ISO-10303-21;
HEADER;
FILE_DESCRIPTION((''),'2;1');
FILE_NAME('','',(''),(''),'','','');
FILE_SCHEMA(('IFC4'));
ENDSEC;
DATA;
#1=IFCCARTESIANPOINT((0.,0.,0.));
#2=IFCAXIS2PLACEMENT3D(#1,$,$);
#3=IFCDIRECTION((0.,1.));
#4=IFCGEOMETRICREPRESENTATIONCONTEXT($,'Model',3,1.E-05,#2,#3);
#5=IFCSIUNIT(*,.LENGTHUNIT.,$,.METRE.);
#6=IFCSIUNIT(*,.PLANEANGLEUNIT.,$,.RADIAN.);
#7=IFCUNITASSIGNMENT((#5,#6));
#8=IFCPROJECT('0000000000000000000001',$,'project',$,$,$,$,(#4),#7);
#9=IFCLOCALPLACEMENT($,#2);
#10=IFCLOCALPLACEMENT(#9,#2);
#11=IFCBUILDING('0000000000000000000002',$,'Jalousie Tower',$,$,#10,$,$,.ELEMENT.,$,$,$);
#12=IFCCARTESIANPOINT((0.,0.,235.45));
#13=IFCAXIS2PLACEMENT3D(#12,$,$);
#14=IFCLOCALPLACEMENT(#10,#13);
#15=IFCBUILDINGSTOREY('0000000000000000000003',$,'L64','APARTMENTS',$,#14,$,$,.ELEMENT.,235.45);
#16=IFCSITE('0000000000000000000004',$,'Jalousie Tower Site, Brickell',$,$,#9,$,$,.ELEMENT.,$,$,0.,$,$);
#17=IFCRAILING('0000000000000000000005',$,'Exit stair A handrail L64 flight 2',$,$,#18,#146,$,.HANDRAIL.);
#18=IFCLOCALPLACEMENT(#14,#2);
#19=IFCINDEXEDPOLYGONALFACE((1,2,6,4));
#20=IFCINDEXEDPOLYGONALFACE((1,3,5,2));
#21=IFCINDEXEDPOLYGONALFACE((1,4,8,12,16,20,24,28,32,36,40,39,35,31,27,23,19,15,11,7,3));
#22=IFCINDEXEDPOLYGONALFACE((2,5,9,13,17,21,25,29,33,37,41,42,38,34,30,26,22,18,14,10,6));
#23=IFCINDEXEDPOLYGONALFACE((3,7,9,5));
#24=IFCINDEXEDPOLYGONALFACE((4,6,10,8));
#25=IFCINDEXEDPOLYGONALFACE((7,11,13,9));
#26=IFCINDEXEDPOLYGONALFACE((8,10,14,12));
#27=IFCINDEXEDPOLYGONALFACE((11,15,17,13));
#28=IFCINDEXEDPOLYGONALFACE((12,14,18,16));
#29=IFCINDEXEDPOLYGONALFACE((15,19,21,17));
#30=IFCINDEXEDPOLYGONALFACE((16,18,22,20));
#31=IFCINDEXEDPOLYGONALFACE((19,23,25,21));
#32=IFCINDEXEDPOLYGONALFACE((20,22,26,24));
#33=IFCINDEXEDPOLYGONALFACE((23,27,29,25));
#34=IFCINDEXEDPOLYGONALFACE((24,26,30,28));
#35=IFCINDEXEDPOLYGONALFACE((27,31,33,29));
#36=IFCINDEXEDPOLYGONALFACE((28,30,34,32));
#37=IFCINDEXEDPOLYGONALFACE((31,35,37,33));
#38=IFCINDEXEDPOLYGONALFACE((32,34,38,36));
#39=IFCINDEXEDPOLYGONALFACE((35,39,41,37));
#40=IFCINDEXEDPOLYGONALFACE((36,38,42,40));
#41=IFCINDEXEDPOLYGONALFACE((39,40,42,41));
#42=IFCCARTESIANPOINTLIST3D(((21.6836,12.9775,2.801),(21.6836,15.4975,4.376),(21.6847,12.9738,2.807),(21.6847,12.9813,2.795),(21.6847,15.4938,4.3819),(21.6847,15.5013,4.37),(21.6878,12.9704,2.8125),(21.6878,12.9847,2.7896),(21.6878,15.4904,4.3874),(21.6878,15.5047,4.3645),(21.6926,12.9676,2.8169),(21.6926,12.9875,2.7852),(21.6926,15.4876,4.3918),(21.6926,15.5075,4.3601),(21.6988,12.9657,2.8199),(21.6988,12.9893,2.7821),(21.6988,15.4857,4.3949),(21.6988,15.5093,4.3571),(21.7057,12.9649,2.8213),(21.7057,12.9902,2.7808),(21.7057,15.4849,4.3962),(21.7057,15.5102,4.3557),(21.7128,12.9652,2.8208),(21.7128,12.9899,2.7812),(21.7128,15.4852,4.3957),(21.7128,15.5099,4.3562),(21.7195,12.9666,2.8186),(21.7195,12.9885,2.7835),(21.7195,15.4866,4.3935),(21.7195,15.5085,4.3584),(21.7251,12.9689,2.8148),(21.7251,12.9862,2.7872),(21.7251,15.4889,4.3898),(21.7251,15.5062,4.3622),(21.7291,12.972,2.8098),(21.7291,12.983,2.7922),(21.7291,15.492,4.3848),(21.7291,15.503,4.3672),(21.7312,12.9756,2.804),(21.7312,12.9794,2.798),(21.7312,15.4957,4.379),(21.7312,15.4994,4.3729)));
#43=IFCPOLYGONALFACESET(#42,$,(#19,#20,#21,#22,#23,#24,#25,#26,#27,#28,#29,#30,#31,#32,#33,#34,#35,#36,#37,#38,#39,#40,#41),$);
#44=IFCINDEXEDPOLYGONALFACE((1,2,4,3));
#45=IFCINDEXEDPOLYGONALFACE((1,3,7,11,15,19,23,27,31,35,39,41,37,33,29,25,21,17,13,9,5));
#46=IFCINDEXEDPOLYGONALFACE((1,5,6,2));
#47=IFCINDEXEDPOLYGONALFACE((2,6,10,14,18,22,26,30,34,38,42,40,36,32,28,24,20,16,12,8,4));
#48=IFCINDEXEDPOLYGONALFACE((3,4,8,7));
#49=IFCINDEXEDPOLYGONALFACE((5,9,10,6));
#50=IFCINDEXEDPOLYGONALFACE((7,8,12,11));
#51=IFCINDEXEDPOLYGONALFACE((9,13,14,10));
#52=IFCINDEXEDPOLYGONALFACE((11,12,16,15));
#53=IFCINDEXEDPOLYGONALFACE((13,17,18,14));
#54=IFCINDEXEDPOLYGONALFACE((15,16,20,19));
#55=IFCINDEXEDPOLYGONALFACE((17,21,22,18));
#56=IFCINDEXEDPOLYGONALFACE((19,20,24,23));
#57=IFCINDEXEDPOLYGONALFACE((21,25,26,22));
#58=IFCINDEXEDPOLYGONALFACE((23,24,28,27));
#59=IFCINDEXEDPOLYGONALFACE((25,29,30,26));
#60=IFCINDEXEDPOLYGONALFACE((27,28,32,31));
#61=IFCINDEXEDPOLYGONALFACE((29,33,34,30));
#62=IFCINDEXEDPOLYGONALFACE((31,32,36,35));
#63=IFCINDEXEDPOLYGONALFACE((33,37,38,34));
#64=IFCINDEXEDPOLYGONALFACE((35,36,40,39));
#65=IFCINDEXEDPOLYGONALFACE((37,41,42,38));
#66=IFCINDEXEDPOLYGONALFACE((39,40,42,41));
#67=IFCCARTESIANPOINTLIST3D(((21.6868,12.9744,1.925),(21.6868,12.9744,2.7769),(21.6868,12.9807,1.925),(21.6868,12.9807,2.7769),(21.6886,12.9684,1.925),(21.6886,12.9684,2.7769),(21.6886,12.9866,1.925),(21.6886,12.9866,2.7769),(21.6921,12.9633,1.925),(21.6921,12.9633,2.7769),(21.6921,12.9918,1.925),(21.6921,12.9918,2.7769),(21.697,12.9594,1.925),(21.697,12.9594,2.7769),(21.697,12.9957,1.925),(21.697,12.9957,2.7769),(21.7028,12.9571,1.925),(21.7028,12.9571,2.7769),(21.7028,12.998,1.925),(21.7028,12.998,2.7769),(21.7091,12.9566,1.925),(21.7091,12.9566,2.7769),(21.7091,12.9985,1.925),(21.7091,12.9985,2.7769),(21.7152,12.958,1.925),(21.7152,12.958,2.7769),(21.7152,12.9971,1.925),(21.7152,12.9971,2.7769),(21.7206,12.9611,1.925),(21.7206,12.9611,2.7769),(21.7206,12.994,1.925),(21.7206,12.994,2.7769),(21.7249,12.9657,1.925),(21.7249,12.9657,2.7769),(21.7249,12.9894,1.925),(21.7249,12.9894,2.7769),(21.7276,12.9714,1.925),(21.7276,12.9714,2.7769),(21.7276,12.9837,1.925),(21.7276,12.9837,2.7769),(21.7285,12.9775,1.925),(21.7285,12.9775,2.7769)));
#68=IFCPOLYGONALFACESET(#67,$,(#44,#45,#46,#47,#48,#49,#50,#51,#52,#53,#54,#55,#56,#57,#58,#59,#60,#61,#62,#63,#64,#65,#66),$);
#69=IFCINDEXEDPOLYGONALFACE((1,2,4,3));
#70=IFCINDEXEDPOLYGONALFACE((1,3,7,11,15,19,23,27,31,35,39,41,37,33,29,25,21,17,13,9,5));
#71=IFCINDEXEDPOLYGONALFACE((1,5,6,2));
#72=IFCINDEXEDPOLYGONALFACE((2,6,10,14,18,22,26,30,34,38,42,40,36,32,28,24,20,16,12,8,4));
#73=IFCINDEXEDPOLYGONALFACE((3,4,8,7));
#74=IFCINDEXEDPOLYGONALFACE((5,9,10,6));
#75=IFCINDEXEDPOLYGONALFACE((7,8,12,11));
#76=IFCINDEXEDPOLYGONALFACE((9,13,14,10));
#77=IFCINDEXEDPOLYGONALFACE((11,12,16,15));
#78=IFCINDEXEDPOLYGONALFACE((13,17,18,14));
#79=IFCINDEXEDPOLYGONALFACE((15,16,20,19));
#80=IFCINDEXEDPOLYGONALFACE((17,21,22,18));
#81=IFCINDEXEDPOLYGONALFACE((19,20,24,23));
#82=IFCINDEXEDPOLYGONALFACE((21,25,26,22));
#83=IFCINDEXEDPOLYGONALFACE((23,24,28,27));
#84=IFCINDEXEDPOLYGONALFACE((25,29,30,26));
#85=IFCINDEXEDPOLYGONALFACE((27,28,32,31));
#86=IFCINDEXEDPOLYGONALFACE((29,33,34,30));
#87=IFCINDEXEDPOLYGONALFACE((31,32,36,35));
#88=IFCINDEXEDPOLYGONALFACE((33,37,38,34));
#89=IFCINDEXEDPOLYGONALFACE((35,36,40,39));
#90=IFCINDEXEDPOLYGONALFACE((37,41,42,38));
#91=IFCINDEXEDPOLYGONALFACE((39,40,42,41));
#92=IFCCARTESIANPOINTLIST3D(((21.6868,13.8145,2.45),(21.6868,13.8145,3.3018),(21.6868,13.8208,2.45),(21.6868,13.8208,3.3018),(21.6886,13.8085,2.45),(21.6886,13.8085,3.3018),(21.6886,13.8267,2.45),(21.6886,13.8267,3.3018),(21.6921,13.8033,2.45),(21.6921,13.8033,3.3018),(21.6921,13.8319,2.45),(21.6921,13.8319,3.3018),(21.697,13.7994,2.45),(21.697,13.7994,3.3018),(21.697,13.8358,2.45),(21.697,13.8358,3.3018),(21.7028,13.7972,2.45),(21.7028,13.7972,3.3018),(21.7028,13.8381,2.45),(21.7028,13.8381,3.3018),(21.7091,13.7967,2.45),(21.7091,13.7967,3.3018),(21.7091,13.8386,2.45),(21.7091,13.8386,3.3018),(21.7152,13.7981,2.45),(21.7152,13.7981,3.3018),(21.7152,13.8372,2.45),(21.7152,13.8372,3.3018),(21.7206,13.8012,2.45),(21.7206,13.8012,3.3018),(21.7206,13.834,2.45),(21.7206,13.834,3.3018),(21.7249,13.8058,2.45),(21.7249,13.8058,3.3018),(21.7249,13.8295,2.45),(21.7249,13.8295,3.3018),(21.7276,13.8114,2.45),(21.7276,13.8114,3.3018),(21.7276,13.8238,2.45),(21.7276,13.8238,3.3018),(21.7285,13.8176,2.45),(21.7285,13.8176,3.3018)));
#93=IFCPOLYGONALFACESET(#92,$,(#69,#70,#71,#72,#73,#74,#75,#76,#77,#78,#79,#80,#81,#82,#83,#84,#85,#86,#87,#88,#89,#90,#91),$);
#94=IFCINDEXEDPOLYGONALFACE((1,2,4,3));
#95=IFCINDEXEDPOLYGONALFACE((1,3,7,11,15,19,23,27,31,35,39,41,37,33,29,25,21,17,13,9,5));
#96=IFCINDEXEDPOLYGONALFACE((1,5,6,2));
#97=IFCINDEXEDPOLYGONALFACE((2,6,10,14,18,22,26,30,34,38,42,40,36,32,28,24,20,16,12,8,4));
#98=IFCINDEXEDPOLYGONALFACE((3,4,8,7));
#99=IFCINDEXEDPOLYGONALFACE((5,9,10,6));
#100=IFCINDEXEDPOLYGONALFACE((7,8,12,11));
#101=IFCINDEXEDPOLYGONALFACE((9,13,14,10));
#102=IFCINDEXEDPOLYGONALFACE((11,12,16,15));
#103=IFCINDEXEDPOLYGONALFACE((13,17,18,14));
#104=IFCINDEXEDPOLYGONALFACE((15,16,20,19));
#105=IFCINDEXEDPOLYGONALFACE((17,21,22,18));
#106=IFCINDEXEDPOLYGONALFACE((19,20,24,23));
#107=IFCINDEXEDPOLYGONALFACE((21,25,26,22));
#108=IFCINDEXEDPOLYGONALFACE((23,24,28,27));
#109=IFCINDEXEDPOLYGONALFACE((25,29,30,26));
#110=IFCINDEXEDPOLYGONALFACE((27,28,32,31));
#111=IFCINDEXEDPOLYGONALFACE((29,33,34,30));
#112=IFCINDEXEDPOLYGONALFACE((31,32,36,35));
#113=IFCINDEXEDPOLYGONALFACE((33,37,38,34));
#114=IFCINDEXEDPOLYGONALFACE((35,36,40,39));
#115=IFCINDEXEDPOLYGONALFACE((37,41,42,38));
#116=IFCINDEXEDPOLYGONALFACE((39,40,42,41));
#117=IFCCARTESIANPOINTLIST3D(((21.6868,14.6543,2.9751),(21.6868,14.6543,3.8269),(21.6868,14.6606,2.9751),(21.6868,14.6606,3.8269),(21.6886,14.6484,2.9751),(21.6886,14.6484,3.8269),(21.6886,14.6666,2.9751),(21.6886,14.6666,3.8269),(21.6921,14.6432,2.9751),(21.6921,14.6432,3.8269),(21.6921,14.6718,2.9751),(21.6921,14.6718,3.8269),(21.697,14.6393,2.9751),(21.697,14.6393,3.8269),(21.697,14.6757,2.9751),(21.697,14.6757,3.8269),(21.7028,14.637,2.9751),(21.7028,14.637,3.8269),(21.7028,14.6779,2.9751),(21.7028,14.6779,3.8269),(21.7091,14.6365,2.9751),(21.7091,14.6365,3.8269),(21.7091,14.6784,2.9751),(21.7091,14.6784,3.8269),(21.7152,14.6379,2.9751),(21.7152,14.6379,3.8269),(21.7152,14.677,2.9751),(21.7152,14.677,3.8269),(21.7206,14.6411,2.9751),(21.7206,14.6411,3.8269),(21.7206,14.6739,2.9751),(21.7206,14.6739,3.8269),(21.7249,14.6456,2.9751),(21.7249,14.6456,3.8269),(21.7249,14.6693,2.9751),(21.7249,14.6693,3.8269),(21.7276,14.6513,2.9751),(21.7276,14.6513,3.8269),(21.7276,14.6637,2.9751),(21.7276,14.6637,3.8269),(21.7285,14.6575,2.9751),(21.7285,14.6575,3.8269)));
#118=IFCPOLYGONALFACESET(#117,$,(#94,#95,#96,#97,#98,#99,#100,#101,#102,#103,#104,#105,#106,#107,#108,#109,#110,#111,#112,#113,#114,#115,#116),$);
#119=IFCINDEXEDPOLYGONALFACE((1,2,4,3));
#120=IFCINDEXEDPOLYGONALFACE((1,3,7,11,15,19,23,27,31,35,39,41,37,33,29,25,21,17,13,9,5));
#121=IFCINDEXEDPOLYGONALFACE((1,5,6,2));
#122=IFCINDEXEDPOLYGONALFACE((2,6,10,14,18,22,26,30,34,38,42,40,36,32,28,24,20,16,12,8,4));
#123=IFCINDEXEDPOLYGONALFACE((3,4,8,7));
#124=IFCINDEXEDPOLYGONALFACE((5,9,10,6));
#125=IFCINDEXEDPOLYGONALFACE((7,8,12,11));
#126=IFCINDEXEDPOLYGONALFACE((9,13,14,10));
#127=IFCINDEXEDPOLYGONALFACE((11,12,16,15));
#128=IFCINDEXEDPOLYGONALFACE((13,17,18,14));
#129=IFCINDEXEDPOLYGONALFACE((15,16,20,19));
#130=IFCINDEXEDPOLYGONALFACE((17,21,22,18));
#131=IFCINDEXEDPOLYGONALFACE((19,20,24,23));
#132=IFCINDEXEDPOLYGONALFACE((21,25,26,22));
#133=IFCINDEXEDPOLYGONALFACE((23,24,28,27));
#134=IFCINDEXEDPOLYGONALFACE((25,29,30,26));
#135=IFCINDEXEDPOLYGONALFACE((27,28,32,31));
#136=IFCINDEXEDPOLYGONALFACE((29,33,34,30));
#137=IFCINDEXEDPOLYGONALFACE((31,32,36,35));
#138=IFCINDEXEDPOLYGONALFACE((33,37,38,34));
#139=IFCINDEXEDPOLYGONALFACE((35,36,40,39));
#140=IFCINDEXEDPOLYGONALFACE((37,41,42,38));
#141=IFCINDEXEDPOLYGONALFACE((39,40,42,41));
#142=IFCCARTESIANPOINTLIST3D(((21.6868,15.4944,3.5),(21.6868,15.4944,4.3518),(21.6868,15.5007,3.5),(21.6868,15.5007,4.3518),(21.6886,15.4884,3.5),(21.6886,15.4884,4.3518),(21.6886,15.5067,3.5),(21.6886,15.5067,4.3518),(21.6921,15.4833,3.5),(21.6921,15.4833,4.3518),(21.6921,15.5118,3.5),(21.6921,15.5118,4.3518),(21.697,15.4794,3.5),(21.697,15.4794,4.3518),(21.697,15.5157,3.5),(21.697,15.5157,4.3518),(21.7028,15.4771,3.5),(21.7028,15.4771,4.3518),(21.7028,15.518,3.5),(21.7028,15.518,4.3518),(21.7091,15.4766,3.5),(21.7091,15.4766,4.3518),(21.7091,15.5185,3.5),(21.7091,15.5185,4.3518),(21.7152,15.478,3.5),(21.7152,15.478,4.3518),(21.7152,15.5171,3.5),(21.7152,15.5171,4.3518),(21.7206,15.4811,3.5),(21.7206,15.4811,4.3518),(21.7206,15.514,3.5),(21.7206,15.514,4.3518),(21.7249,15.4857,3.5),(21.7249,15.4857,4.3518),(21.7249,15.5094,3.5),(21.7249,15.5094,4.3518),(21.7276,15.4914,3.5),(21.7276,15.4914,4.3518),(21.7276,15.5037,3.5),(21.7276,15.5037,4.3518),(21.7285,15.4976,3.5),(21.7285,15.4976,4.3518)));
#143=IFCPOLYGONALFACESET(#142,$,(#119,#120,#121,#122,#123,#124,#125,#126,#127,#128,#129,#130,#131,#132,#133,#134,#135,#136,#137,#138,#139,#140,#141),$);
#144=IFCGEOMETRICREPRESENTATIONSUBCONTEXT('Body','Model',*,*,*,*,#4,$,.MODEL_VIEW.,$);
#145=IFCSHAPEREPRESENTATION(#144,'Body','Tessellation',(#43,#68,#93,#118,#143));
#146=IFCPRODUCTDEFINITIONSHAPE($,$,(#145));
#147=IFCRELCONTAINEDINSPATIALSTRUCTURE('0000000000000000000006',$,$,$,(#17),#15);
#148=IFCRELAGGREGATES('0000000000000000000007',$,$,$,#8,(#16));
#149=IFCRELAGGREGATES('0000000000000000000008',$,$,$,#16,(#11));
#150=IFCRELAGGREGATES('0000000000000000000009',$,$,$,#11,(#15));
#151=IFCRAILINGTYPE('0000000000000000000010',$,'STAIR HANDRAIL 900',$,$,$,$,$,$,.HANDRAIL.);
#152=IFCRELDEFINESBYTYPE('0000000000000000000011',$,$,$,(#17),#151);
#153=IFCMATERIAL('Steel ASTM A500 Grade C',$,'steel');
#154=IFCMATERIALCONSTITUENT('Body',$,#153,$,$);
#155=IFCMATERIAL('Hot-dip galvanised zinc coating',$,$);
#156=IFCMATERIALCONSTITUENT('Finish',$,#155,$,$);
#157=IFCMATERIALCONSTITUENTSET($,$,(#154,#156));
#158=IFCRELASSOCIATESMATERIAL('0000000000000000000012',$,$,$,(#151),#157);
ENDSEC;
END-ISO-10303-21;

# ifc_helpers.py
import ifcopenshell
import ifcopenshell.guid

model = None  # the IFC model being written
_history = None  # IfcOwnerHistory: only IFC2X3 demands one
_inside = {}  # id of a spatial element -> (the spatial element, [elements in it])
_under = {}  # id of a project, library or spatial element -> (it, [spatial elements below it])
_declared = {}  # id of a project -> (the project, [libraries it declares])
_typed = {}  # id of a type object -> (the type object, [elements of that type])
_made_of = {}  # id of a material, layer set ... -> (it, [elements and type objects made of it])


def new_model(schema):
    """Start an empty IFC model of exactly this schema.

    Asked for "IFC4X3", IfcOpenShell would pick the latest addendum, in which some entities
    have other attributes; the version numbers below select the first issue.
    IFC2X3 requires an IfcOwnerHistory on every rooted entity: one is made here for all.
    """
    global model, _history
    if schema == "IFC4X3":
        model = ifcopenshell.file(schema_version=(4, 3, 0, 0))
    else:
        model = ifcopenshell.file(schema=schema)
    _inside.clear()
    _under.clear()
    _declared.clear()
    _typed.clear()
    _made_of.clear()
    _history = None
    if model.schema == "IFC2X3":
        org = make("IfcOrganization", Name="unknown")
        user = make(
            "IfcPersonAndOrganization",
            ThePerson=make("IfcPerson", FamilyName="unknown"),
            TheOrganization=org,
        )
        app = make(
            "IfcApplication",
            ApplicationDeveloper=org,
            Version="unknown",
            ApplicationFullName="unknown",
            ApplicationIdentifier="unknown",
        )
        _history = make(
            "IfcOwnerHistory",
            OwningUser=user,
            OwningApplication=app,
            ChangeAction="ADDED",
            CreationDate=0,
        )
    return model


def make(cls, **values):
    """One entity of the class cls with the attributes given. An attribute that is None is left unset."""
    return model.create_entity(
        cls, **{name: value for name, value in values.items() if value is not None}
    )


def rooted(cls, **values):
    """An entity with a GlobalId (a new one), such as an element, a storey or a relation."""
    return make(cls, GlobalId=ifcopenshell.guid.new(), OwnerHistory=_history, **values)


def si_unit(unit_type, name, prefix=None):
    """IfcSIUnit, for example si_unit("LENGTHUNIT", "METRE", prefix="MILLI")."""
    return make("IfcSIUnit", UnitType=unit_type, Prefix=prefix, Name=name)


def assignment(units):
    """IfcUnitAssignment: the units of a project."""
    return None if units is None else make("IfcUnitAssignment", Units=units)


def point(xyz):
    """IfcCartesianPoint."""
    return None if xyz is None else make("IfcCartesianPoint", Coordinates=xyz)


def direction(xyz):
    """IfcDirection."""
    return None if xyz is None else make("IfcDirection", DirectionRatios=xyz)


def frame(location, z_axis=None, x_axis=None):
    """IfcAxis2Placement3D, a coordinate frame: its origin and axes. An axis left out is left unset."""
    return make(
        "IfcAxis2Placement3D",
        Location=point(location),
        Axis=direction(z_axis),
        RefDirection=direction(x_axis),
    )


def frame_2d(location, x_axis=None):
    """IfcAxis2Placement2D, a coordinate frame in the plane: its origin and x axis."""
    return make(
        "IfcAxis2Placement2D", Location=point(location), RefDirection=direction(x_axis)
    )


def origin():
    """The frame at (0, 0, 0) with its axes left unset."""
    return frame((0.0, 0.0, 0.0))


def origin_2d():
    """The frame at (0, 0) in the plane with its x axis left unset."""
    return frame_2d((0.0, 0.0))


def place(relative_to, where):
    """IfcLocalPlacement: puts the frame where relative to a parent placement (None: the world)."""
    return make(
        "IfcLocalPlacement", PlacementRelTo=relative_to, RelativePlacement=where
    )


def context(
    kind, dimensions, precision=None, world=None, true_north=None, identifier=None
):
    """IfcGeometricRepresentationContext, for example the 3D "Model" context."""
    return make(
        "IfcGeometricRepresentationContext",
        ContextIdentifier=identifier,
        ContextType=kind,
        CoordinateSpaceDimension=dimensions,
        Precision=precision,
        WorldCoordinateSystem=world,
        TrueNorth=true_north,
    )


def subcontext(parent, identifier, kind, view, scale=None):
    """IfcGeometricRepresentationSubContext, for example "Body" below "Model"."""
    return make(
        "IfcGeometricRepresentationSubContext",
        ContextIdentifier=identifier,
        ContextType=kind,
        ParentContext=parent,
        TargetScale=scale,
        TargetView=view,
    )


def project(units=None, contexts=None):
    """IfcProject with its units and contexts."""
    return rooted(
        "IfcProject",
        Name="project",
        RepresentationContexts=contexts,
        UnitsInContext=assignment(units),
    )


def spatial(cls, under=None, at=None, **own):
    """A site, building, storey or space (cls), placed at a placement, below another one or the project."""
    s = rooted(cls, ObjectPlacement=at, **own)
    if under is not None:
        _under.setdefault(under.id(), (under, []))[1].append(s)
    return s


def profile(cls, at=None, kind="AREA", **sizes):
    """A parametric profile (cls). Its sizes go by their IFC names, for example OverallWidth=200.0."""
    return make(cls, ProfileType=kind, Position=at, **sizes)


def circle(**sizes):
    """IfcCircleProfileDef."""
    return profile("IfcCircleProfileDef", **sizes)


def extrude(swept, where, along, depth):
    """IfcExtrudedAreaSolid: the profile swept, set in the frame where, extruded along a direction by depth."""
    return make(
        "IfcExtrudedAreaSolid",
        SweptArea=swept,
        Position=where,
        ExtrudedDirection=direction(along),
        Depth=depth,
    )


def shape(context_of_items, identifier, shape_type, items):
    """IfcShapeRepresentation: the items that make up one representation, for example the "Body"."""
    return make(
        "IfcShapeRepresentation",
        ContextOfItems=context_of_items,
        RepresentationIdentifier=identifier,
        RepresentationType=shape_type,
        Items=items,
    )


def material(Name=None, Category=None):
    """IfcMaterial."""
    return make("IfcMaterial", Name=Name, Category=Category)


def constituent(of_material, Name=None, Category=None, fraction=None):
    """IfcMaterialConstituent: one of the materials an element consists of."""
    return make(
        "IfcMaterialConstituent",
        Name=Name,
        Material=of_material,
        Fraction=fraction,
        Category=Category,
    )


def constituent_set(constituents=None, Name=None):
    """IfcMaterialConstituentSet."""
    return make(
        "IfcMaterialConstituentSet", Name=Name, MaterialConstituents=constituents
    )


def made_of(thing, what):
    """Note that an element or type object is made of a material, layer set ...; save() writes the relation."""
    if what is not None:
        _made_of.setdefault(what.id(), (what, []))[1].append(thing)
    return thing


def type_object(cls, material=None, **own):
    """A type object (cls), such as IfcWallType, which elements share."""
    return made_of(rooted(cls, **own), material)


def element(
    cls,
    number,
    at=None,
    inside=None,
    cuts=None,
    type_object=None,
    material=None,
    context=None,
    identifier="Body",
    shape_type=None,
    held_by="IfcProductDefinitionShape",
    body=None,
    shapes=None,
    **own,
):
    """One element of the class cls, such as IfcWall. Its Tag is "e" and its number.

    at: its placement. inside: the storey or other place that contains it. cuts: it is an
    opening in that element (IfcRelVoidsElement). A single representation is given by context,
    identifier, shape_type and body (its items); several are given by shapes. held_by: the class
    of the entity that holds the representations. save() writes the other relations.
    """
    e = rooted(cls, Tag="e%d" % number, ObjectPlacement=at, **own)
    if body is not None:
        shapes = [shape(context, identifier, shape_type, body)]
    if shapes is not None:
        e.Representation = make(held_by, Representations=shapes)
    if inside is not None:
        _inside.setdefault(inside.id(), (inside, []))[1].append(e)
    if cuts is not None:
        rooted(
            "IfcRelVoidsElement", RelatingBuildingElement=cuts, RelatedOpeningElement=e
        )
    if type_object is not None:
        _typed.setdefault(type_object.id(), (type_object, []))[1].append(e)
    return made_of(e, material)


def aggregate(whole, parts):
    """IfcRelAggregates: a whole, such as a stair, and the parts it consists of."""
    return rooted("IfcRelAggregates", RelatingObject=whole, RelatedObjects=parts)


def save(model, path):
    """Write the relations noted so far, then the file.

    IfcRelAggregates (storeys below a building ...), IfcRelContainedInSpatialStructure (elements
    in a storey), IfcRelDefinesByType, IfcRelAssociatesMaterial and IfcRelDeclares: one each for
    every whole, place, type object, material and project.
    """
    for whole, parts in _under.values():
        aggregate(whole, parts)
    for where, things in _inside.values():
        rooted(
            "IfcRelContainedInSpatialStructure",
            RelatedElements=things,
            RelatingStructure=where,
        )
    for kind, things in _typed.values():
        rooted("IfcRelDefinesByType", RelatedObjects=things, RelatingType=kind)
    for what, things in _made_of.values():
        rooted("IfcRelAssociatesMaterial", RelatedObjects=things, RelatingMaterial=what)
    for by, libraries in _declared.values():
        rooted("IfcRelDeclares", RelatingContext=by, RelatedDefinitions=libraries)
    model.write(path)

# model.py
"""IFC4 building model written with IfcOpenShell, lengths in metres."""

from ifc_helpers import new_model, si_unit, direction, frame, origin, origin_2d, place, context, subcontext, project, spatial, circle, extrude, material, constituent, constituent_set, type_object, element, save


model = new_model("IFC4")

# Units and contexts
model_context = context("Model", 3, precision=1e-05, world=origin(), true_north=direction((0.0, 1.0)))
body_context = subcontext(model_context, "Body", "Model", "MODEL_VIEW")
ifc_project = project(units=[si_unit("LENGTHUNIT", "METRE"), si_unit("PLANEANGLEUNIT", "RADIAN")], contexts=[model_context])

# Site, building, storey
site_placement = place(None, origin())
site = spatial("IfcSite", under=ifc_project, at=site_placement, Name="Jalousie Tower Site, Brickell", CompositionType="ELEMENT", RefElevation=0.0)
building_placement = place(site_placement, origin())
building = spatial("IfcBuilding", under=site, at=building_placement, Name="Jalousie Tower", CompositionType="ELEMENT")
storey_placement = place(building_placement, frame((0.0, 0.0, 235.45)))
storey = spatial("IfcBuildingStorey", under=building, at=storey_placement, Name="L64", Description="APARTMENTS", CompositionType="ELEMENT", Elevation=235.45)

# Railing
ifc_material_1 = material(Name="Steel ASTM A500 Grade C", Category="steel")
ifc_constituent_1 = constituent(ifc_material_1, Name="Body")
ifc_material_2 = material(Name="Hot-dip galvanised zinc coating")
ifc_constituent_2 = constituent(ifc_material_2, Name="Finish")
ifc_constituent_set_1 = constituent_set(constituents=[ifc_constituent_1, ifc_constituent_2])
railing_type_1 = type_object("IfcRailingType", Name="STAIR HANDRAIL 900", PredefinedType="HANDRAIL", material=ifc_constituent_set_1)
railing_1_placement = place(storey_placement, frame((21.7075, 12.9775, 1.925)))
element("IfcRailing", 1, at=railing_1_placement, inside=storey, type_object=railing_type_1, Name="Exit stair A handrail L64 flight 2", PredefinedType="HANDRAIL", context=body_context, shape_type="SweptSolid", body=[
    extrude(circle(Radius=0.0239, at=origin_2d()), frame((0.0, 0.0, 0.876), z_axis=(0.0, 0.848008, 0.529984), x_axis=(-1.0, 0.0, 0.0)), (0.0, 0.0, 1.0), 2.9717),
    extrude(circle(Radius=0.021, at=origin_2d()), origin(), (0.0, 0.0, 1.0), 0.8518),
    extrude(circle(Radius=0.021, at=origin_2d()), frame((0.0, 0.8401, 0.5249)), (0.0, 0.0, 1.0), 0.8518),
    extrude(circle(Radius=0.021, at=origin_2d()), frame((0.0, 1.6799, 1.05)), (0.0, 0.0, 1.0), 0.8518),
    extrude(circle(Radius=0.021, at=origin_2d()), frame((0.0, 2.52, 1.575)), (0.0, 0.0, 1.0), 0.8518),
])

save(model, "model.ifc")
